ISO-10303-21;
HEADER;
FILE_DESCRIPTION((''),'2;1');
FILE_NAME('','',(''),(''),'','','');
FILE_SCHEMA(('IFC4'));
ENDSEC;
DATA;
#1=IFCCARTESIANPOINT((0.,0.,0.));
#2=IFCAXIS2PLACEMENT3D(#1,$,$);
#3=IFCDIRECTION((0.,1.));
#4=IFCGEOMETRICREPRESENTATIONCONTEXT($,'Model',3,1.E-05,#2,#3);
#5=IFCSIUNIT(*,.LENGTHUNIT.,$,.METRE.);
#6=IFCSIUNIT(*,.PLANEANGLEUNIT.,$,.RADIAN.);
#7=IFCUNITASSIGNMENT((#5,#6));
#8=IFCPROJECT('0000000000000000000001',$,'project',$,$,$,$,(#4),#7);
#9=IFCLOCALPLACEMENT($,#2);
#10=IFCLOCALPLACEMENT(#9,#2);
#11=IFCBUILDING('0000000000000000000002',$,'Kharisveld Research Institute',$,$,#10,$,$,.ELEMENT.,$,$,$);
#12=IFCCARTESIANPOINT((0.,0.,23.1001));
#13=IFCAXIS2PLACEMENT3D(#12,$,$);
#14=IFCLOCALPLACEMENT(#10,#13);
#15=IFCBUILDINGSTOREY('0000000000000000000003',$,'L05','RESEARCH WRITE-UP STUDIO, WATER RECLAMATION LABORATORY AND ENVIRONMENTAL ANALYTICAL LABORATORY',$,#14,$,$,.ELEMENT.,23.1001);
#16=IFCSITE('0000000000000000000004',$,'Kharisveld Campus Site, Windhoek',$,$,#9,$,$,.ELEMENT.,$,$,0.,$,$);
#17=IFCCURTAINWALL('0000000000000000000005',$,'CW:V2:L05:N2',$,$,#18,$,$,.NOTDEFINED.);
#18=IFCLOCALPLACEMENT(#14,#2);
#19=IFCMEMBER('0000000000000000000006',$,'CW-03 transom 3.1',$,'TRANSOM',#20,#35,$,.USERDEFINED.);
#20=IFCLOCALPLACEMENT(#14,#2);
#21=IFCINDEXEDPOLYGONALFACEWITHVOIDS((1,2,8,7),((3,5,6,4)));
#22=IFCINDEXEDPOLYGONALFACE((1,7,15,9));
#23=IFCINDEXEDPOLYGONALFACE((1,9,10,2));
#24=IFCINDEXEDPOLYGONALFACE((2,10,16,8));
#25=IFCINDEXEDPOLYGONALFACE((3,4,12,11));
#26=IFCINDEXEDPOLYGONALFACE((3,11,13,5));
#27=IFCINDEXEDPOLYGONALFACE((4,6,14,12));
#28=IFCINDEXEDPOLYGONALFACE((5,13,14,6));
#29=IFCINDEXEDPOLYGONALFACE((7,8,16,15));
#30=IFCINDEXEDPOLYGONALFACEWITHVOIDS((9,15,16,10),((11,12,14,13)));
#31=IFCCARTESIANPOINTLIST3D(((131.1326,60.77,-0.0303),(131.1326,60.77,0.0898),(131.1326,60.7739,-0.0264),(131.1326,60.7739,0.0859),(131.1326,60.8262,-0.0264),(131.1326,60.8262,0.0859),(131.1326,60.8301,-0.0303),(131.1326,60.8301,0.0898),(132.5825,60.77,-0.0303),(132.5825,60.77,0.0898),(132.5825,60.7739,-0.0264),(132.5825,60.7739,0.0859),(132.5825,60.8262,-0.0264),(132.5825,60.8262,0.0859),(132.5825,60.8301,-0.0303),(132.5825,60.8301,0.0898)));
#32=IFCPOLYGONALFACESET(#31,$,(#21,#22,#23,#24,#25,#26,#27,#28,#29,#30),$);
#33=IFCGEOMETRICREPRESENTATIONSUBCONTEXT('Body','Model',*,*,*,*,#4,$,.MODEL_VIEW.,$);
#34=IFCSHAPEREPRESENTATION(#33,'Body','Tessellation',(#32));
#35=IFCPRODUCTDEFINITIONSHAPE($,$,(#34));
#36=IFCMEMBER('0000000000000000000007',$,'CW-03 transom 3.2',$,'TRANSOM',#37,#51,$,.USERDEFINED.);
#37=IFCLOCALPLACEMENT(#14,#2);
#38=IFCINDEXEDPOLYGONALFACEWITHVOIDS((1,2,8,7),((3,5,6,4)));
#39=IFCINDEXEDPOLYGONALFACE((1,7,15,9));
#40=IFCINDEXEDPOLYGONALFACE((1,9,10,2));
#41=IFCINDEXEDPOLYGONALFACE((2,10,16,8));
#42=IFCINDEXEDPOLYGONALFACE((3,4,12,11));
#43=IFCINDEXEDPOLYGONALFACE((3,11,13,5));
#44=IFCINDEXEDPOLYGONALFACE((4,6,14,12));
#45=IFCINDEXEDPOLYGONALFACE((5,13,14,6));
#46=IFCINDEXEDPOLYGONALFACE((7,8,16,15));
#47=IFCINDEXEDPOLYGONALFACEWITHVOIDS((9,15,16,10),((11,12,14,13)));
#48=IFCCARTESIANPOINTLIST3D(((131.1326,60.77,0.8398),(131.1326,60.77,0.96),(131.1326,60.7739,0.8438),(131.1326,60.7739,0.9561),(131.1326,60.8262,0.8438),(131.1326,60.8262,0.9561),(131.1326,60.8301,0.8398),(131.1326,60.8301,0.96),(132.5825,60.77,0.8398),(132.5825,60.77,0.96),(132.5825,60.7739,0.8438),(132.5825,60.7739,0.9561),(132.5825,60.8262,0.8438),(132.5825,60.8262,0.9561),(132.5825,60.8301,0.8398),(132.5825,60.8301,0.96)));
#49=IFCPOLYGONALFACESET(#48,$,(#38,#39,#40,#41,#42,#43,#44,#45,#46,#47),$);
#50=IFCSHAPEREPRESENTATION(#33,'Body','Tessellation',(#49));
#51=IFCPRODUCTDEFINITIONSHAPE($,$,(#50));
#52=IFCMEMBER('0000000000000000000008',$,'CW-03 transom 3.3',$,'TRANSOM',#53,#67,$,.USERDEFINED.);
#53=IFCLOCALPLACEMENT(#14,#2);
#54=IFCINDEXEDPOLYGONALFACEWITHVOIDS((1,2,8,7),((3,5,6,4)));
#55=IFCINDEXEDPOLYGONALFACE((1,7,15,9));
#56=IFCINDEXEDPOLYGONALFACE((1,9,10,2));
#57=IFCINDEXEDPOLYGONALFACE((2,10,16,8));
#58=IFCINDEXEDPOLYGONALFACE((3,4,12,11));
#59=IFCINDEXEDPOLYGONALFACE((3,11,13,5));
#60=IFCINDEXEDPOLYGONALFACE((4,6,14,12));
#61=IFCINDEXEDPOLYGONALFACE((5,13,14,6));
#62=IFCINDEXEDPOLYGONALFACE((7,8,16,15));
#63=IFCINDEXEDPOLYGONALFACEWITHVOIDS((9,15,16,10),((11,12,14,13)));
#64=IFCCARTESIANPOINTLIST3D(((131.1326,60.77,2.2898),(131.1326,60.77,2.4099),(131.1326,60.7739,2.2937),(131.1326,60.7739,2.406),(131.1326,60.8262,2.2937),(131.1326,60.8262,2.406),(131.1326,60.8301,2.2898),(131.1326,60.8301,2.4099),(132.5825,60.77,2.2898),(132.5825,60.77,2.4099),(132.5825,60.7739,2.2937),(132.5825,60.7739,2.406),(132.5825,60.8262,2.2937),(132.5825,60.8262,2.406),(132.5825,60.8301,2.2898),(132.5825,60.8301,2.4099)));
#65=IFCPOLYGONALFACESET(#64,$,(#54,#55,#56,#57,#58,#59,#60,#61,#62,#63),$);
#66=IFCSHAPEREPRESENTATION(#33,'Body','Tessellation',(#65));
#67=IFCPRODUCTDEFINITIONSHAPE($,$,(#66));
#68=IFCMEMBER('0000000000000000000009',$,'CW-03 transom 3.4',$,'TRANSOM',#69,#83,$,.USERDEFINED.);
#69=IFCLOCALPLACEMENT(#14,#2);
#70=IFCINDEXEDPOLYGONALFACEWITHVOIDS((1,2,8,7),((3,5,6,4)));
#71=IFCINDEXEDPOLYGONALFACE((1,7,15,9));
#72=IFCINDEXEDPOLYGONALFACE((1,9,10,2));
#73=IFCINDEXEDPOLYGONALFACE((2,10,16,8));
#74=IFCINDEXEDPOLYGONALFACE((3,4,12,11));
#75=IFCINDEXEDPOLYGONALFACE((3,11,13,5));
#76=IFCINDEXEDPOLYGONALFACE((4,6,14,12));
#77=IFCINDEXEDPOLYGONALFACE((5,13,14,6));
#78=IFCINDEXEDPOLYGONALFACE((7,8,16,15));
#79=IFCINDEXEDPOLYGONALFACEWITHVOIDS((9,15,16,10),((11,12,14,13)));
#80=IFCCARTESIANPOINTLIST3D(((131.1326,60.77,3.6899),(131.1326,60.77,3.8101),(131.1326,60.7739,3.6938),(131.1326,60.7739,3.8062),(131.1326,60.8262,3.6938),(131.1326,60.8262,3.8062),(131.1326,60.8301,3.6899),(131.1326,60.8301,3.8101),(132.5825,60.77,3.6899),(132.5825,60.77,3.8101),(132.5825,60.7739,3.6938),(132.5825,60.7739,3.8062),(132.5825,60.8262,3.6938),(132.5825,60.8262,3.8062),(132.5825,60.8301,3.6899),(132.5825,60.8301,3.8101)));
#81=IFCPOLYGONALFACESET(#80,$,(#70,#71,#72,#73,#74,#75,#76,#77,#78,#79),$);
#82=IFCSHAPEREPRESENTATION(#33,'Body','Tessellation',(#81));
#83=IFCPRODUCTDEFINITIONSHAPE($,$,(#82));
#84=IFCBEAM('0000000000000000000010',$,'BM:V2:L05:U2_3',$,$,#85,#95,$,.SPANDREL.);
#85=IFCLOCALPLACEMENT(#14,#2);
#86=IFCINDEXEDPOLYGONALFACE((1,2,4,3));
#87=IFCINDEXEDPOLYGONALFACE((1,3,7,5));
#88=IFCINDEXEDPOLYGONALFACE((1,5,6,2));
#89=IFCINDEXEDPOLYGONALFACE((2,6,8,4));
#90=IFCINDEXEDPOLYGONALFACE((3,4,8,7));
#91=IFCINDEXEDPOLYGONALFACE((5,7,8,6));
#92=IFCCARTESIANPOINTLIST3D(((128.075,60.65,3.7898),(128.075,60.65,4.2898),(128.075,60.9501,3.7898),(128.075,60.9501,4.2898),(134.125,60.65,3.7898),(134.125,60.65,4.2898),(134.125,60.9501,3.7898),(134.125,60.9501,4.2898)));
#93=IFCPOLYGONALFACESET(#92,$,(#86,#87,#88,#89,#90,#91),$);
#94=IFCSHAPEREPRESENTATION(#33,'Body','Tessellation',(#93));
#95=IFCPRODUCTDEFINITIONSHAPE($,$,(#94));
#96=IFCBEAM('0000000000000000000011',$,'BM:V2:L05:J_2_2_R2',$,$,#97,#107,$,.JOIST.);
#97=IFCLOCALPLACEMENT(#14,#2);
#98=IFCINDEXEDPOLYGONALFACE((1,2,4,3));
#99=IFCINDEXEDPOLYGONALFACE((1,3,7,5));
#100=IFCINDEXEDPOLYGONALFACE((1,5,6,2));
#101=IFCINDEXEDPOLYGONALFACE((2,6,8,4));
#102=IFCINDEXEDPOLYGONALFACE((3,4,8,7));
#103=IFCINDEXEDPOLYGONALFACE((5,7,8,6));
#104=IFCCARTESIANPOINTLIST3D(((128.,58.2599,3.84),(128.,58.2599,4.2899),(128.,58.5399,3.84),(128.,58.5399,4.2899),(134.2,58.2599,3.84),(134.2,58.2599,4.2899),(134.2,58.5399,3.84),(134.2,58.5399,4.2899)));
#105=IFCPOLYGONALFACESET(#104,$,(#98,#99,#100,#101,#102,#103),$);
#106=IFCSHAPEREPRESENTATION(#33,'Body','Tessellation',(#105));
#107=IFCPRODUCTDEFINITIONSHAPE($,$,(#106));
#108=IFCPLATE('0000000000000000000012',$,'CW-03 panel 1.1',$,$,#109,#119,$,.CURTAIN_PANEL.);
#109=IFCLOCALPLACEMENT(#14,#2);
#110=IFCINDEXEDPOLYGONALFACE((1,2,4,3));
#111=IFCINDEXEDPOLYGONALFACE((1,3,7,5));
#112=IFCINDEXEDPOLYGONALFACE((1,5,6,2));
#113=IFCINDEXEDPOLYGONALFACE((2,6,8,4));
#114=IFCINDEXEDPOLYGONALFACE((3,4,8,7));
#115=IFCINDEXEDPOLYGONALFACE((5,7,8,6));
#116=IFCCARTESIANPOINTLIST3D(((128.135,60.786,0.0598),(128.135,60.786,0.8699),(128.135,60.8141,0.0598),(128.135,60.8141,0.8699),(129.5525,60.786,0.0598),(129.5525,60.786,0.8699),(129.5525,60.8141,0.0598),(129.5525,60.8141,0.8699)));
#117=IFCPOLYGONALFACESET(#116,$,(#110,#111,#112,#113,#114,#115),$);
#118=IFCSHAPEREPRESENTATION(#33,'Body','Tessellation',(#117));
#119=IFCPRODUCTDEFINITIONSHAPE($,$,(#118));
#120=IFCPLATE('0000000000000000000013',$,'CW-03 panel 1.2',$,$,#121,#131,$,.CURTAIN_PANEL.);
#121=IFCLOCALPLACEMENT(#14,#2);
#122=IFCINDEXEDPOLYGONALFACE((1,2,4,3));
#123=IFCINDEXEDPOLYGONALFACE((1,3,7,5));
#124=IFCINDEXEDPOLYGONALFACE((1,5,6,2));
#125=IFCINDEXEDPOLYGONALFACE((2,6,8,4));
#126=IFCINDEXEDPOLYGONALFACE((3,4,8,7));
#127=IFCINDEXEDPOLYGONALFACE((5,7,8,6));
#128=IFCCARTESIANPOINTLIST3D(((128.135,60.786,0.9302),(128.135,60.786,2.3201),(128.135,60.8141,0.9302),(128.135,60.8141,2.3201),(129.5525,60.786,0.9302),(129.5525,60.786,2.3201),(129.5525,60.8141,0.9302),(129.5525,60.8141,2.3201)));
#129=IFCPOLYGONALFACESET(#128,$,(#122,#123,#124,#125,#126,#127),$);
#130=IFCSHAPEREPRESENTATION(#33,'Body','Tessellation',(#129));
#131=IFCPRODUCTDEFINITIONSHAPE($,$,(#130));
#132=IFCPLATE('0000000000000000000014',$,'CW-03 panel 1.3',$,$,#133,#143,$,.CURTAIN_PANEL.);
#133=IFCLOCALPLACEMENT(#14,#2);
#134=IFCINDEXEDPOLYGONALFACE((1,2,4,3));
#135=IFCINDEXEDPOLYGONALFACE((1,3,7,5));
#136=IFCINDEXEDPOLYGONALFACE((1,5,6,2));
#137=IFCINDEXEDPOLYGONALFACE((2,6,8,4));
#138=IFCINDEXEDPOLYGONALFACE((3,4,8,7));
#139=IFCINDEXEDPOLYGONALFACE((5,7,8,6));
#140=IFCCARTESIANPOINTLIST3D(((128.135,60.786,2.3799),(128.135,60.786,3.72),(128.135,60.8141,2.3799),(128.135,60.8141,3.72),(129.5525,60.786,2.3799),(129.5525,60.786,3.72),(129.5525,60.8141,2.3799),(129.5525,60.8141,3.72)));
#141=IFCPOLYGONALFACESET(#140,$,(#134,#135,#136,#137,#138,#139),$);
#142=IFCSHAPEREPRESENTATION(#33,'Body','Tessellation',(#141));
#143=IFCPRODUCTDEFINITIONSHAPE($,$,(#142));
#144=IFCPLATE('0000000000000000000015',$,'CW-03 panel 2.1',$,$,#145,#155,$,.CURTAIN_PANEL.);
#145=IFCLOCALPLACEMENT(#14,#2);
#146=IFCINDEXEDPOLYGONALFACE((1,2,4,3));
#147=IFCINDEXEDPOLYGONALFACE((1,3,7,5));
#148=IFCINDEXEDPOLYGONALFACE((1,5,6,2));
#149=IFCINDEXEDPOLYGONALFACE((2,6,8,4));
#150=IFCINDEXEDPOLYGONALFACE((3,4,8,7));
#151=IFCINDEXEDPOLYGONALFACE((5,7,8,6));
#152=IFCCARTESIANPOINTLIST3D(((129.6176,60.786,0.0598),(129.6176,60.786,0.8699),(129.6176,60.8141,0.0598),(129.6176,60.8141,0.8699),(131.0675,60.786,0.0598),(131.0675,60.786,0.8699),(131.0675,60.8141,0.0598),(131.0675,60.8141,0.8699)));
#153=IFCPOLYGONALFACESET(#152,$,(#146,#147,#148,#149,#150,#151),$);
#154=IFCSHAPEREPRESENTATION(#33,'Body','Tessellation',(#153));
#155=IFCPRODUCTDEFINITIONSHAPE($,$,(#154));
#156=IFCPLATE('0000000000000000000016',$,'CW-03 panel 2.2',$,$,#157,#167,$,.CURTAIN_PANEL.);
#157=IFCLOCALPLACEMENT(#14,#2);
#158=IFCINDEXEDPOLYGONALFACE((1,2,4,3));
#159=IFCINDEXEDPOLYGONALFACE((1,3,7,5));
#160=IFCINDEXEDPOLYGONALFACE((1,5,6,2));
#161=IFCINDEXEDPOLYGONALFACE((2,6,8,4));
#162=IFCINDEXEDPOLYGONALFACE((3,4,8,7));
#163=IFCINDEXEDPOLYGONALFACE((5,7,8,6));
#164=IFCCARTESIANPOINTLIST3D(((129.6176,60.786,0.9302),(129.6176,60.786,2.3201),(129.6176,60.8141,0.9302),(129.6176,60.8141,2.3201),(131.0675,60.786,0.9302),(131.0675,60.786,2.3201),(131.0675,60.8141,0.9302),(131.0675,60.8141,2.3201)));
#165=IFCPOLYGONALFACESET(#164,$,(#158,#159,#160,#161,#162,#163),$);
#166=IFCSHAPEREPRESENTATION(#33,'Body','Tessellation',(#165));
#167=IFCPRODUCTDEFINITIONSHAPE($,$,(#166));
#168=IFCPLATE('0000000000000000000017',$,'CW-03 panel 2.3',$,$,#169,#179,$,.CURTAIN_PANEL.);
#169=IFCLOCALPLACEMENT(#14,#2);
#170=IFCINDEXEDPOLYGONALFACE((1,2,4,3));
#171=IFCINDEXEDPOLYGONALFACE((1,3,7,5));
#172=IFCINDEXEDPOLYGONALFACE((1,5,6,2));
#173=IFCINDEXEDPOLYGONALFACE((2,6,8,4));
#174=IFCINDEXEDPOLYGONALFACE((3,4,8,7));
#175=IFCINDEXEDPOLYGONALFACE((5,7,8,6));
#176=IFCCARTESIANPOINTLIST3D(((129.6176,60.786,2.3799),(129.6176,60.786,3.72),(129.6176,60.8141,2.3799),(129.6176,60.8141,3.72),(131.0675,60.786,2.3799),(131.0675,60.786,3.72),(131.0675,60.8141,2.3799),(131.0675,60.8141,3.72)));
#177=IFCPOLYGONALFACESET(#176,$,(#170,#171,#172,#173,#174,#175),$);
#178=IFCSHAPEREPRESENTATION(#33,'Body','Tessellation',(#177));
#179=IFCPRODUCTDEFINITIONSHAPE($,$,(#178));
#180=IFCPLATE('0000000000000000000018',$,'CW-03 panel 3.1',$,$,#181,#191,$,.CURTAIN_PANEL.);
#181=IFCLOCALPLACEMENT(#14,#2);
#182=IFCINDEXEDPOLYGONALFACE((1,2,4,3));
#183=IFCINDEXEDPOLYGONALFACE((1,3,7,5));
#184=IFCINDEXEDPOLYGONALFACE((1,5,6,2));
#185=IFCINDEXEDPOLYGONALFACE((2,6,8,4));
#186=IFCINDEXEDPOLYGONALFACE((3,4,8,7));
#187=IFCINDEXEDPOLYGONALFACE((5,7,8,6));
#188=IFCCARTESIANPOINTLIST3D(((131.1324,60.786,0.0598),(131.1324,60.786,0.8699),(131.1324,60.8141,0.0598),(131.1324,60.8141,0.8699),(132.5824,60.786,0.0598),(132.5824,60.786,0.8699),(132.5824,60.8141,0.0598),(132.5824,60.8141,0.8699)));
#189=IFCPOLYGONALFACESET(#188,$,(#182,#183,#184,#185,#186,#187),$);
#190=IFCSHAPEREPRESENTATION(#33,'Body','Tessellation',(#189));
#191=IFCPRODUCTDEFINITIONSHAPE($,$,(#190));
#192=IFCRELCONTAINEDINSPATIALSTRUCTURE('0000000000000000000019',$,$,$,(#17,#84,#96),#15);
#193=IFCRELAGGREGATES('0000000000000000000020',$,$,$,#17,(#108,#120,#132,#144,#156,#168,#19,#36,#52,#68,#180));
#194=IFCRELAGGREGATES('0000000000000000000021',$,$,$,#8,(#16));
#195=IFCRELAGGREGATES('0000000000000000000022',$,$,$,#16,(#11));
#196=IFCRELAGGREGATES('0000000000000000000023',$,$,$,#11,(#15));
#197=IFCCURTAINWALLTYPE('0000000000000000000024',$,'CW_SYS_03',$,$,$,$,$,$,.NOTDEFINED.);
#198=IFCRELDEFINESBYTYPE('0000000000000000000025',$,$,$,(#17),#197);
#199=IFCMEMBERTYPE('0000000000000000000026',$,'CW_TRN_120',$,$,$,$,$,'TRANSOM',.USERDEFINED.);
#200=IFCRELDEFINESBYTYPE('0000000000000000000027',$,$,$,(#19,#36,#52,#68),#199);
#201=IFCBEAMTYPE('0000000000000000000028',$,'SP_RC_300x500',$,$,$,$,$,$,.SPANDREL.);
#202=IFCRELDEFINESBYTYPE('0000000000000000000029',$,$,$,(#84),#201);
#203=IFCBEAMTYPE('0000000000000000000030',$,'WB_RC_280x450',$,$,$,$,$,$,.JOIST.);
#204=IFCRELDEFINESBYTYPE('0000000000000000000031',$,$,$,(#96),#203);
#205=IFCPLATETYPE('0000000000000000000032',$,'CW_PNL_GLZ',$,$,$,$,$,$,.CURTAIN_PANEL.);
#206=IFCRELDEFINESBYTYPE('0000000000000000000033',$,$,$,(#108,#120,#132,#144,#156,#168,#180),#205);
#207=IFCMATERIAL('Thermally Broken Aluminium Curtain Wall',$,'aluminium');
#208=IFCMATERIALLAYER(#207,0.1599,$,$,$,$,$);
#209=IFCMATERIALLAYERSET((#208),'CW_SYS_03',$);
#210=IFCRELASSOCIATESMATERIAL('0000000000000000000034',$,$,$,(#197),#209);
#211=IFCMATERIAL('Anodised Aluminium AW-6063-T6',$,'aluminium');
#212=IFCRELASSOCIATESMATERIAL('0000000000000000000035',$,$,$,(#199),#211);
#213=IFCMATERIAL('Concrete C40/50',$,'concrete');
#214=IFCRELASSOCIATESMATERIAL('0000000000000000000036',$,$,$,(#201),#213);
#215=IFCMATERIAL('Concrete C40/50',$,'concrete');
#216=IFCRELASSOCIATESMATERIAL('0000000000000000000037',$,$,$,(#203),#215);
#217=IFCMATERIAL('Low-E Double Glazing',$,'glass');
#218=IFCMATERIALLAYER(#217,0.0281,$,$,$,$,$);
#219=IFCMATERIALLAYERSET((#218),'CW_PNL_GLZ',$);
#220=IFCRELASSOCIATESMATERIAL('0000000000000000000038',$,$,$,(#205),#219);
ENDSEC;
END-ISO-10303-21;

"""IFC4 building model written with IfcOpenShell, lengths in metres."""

from ifc_helpers import new_model, si_unit, direction, frame, origin, origin_2d, place, context, subcontext, project, spatial, rectangle, hollow_rectangle, extrude, material, layer, layer_set, material_profile, profile_set, type_object, element, aggregate, save


model = new_model("IFC4")

# Units and contexts
model_context = context("Model", 3, precision=1e-05, world=origin(), true_north=direction((0.0, 1.0)))
body_context = subcontext(model_context, "Body", "Model", "MODEL_VIEW")
ifc_project = project(units=[si_unit("LENGTHUNIT", "METRE"), si_unit("PLANEANGLEUNIT", "RADIAN")], contexts=[model_context])

# Site, building, storey
site_placement = place(None, origin())
site = spatial("IfcSite", under=ifc_project, at=site_placement, Name="Kharisveld Campus Site, Windhoek", CompositionType="ELEMENT", RefElevation=0.0)
building_placement = place(site_placement, origin())
building = spatial("IfcBuilding", under=site, at=building_placement, Name="Kharisveld Research Institute", CompositionType="ELEMENT")
storey_placement = place(building_placement, frame((0.0, 0.0, 23.1001)))
storey = spatial("IfcBuildingStorey", under=building, at=storey_placement, Name="L05", Description="RESEARCH WRITE-UP STUDIO, WATER RECLAMATION LABORATORY AND ENVIRONMENTAL ANALYTICAL LABORATORY", CompositionType="ELEMENT", Elevation=23.1001)

# Curtain wall, members
ifc_material_1 = material(Name="Thermally Broken Aluminium Curtain Wall", Category="aluminium")
ifc_layer_1 = layer(ifc_material_1, 0.1599)
ifc_layer_set_1 = layer_set([ifc_layer_1], Name="CW_SYS_03")
curtain_wall_type = type_object("IfcCurtainWallType", Name="CW_SYS_03", PredefinedType="NOTDEFINED", material=ifc_layer_set_1)
curtain_wall_placement = place(storey_placement, origin())
curtain_wall = element("IfcCurtainWall", 1, at=curtain_wall_placement, inside=storey, type_object=curtain_wall_type, Name="CW:V2:L05:N2", PredefinedType="NOTDEFINED")
ifc_material_2 = material(Name="Anodised Aluminium AW-6063-T6", Category="aluminium")
ifc_material_profile_1 = material_profile(ifc_material_2, hollow_rectangle(XDim=0.0601, YDim=0.1201, WallThickness=0.0039, at=origin_2d()))
ifc_profile_set_1 = profile_set([ifc_material_profile_1], Name="Anodised Aluminium AW-6063-T6")
member_type_1 = type_object("IfcMemberType", Name="CW_TRN_120", ElementType="TRANSOM", PredefinedType="USERDEFINED", material=ifc_profile_set_1)
member_1_placement = place(storey_placement, frame((131.1326, 60.8, 0.0298), z_axis=(1.0, 0.0, 0.0), x_axis=(0.0, 1.0, 0.0)))
member_1 = element("IfcMember", 2, at=member_1_placement, type_object=member_type_1, Name="CW-03 transom 3.1", ObjectType="TRANSOM", PredefinedType="USERDEFINED", context=body_context, shape_type="SweptSolid", body=[
    extrude(hollow_rectangle(XDim=0.0601, YDim=0.1201, WallThickness=0.0039, at=origin_2d()), origin(), (0.0, 0.0, 1.0), 1.45),
])
member_2_placement = place(storey_placement, frame((131.1326, 60.8, 0.8999), z_axis=(1.0, 0.0, 0.0), x_axis=(0.0, 1.0, 0.0)))
member_2 = element("IfcMember", 3, at=member_2_placement, type_object=member_type_1, Name="CW-03 transom 3.2", ObjectType="TRANSOM", PredefinedType="USERDEFINED", context=body_context, shape_type="SweptSolid", body=[
    extrude(hollow_rectangle(XDim=0.0601, YDim=0.1201, WallThickness=0.0039, at=origin_2d()), origin(), (0.0, 0.0, 1.0), 1.45),
])
member_3_placement = place(storey_placement, frame((131.1326, 60.8, 2.3499), z_axis=(1.0, 0.0, 0.0), x_axis=(0.0, 1.0, 0.0)))
member_3 = element("IfcMember", 4, at=member_3_placement, type_object=member_type_1, Name="CW-03 transom 3.3", ObjectType="TRANSOM", PredefinedType="USERDEFINED", context=body_context, shape_type="SweptSolid", body=[
    extrude(hollow_rectangle(XDim=0.0601, YDim=0.1201, WallThickness=0.0039, at=origin_2d()), origin(), (0.0, 0.0, 1.0), 1.45),
])
member_4_placement = place(storey_placement, frame((131.1326, 60.8, 3.75), z_axis=(1.0, 0.0, 0.0), x_axis=(0.0, 1.0, 0.0)))
member_4 = element("IfcMember", 5, at=member_4_placement, type_object=member_type_1, Name="CW-03 transom 3.4", ObjectType="TRANSOM", PredefinedType="USERDEFINED", context=body_context, shape_type="SweptSolid", body=[
    extrude(hollow_rectangle(XDim=0.0601, YDim=0.1201, WallThickness=0.0039, at=origin_2d()), origin(), (0.0, 0.0, 1.0), 1.45),
])

# Beams
ifc_material_3 = material(Name="Concrete C40/50", Category="concrete")
ifc_material_profile_2 = material_profile(ifc_material_3, rectangle(XDim=0.3, YDim=0.5, at=origin_2d()))
ifc_profile_set_2 = profile_set([ifc_material_profile_2], Name="Concrete C40/50")
beam_type_1 = type_object("IfcBeamType", Name="SP_RC_300x500", PredefinedType="SPANDREL", material=ifc_profile_set_2)
beam_1_placement = place(storey_placement, frame((128.075, 60.8, 4.0398), z_axis=(1.0, 0.0, 0.0), x_axis=(0.0, 1.0, 0.0)))
element("IfcBeam", 6, at=beam_1_placement, inside=storey, type_object=beam_type_1, Name="BM:V2:L05:U2_3", PredefinedType="SPANDREL", context=body_context, shape_type="SweptSolid", body=[
    extrude(rectangle(XDim=0.3, YDim=0.5, at=origin_2d()), origin(), (0.0, 0.0, 1.0), 6.05),
])
ifc_material_4 = material(Name="Concrete C40/50", Category="concrete")
ifc_material_profile_3 = material_profile(ifc_material_4, rectangle(XDim=0.28, YDim=0.45, at=origin_2d()))
ifc_profile_set_3 = profile_set([ifc_material_profile_3], Name="Concrete C40/50")
beam_type_2 = type_object("IfcBeamType", Name="WB_RC_280x450", PredefinedType="JOIST", material=ifc_profile_set_3)
beam_2_placement = place(storey_placement, frame((128.0, 58.3999, 4.0649), z_axis=(1.0, 0.0, 0.0), x_axis=(0.0, 1.0, 0.0)))
element("IfcBeam", 7, at=beam_2_placement, inside=storey, type_object=beam_type_2, Name="BM:V2:L05:J_2_2_R2", PredefinedType="JOIST", context=body_context, shape_type="SweptSolid", body=[
    extrude(rectangle(XDim=0.28, YDim=0.45, at=origin_2d()), origin(), (0.0, 0.0, 1.0), 6.2),
])

# Plates
ifc_material_5 = material(Name="Low-E Double Glazing", Category="glass")
ifc_layer_2 = layer(ifc_material_5, 0.0281)
ifc_layer_set_2 = layer_set([ifc_layer_2], Name="CW_PNL_GLZ")
plate_type = type_object("IfcPlateType", Name="CW_PNL_GLZ", PredefinedType="CURTAIN_PANEL", material=ifc_layer_set_2)
plate_1_placement = place(storey_placement, frame((128.8438, 60.8, 0.0598), z_axis=(0.0, 0.0, 1.0), x_axis=(1.0, 0.0, 0.0)))
plate_1 = element("IfcPlate", 8, at=plate_1_placement, type_object=plate_type, Name="CW-03 panel 1.1", PredefinedType="CURTAIN_PANEL", context=body_context, shape_type="SweptSolid", body=[
    extrude(rectangle(XDim=1.4175, YDim=0.0281, at=origin_2d()), origin(), (0.0, 0.0, 1.0), 0.8101),
])
plate_2_placement = place(storey_placement, frame((128.8438, 60.8, 0.9302), z_axis=(0.0, 0.0, 1.0), x_axis=(1.0, 0.0, 0.0)))
plate_2 = element("IfcPlate", 9, at=plate_2_placement, type_object=plate_type, Name="CW-03 panel 1.2", PredefinedType="CURTAIN_PANEL", context=body_context, shape_type="SweptSolid", body=[
    extrude(rectangle(XDim=1.4175, YDim=0.0281, at=origin_2d()), origin(), (0.0, 0.0, 1.0), 1.3899),
])
plate_3_placement = place(storey_placement, frame((128.8438, 60.8, 2.3799), z_axis=(0.0, 0.0, 1.0), x_axis=(1.0, 0.0, 0.0)))
plate_3 = element("IfcPlate", 10, at=plate_3_placement, type_object=plate_type, Name="CW-03 panel 1.3", PredefinedType="CURTAIN_PANEL", context=body_context, shape_type="SweptSolid", body=[
    extrude(rectangle(XDim=1.4175, YDim=0.0281, at=origin_2d()), origin(), (0.0, 0.0, 1.0), 1.3401),
])
plate_4_placement = place(storey_placement, frame((130.3425, 60.8, 0.0598), z_axis=(0.0, 0.0, 1.0), x_axis=(1.0, 0.0, 0.0)))
plate_4 = element("IfcPlate", 11, at=plate_4_placement, type_object=plate_type, Name="CW-03 panel 2.1", PredefinedType="CURTAIN_PANEL", context=body_context, shape_type="SweptSolid", body=[
    extrude(rectangle(XDim=1.45, YDim=0.0281, at=origin_2d()), origin(), (0.0, 0.0, 1.0), 0.8101),
])
plate_5_placement = place(storey_placement, frame((130.3425, 60.8, 0.9302), z_axis=(0.0, 0.0, 1.0), x_axis=(1.0, 0.0, 0.0)))
plate_5 = element("IfcPlate", 12, at=plate_5_placement, type_object=plate_type, Name="CW-03 panel 2.2", PredefinedType="CURTAIN_PANEL", context=body_context, shape_type="SweptSolid", body=[
    extrude(rectangle(XDim=1.45, YDim=0.0281, at=origin_2d()), origin(), (0.0, 0.0, 1.0), 1.3899),
])
plate_6_placement = place(storey_placement, frame((130.3425, 60.8, 2.3799), z_axis=(0.0, 0.0, 1.0), x_axis=(1.0, 0.0, 0.0)))
plate_6 = element("IfcPlate", 13, at=plate_6_placement, type_object=plate_type, Name="CW-03 panel 2.3", PredefinedType="CURTAIN_PANEL", context=body_context, shape_type="SweptSolid", body=[
    extrude(rectangle(XDim=1.45, YDim=0.0281, at=origin_2d()), origin(), (0.0, 0.0, 1.0), 1.3401),
])
plate_7_placement = place(storey_placement, frame((131.8574, 60.8, 0.0598), z_axis=(0.0, 0.0, 1.0), x_axis=(1.0, 0.0, 0.0)))
plate_7 = element("IfcPlate", 14, at=plate_7_placement, type_object=plate_type, Name="CW-03 panel 3.1", PredefinedType="CURTAIN_PANEL", context=body_context, shape_type="SweptSolid", body=[
    extrude(rectangle(XDim=1.45, YDim=0.0281, at=origin_2d()), origin(), (0.0, 0.0, 1.0), 0.8101),
])
aggregate(curtain_wall, [plate_1, plate_2, plate_3, plate_4, plate_5, plate_6, member_1, member_2, member_3, member_4, plate_7])

save(model, "model.ifc")
